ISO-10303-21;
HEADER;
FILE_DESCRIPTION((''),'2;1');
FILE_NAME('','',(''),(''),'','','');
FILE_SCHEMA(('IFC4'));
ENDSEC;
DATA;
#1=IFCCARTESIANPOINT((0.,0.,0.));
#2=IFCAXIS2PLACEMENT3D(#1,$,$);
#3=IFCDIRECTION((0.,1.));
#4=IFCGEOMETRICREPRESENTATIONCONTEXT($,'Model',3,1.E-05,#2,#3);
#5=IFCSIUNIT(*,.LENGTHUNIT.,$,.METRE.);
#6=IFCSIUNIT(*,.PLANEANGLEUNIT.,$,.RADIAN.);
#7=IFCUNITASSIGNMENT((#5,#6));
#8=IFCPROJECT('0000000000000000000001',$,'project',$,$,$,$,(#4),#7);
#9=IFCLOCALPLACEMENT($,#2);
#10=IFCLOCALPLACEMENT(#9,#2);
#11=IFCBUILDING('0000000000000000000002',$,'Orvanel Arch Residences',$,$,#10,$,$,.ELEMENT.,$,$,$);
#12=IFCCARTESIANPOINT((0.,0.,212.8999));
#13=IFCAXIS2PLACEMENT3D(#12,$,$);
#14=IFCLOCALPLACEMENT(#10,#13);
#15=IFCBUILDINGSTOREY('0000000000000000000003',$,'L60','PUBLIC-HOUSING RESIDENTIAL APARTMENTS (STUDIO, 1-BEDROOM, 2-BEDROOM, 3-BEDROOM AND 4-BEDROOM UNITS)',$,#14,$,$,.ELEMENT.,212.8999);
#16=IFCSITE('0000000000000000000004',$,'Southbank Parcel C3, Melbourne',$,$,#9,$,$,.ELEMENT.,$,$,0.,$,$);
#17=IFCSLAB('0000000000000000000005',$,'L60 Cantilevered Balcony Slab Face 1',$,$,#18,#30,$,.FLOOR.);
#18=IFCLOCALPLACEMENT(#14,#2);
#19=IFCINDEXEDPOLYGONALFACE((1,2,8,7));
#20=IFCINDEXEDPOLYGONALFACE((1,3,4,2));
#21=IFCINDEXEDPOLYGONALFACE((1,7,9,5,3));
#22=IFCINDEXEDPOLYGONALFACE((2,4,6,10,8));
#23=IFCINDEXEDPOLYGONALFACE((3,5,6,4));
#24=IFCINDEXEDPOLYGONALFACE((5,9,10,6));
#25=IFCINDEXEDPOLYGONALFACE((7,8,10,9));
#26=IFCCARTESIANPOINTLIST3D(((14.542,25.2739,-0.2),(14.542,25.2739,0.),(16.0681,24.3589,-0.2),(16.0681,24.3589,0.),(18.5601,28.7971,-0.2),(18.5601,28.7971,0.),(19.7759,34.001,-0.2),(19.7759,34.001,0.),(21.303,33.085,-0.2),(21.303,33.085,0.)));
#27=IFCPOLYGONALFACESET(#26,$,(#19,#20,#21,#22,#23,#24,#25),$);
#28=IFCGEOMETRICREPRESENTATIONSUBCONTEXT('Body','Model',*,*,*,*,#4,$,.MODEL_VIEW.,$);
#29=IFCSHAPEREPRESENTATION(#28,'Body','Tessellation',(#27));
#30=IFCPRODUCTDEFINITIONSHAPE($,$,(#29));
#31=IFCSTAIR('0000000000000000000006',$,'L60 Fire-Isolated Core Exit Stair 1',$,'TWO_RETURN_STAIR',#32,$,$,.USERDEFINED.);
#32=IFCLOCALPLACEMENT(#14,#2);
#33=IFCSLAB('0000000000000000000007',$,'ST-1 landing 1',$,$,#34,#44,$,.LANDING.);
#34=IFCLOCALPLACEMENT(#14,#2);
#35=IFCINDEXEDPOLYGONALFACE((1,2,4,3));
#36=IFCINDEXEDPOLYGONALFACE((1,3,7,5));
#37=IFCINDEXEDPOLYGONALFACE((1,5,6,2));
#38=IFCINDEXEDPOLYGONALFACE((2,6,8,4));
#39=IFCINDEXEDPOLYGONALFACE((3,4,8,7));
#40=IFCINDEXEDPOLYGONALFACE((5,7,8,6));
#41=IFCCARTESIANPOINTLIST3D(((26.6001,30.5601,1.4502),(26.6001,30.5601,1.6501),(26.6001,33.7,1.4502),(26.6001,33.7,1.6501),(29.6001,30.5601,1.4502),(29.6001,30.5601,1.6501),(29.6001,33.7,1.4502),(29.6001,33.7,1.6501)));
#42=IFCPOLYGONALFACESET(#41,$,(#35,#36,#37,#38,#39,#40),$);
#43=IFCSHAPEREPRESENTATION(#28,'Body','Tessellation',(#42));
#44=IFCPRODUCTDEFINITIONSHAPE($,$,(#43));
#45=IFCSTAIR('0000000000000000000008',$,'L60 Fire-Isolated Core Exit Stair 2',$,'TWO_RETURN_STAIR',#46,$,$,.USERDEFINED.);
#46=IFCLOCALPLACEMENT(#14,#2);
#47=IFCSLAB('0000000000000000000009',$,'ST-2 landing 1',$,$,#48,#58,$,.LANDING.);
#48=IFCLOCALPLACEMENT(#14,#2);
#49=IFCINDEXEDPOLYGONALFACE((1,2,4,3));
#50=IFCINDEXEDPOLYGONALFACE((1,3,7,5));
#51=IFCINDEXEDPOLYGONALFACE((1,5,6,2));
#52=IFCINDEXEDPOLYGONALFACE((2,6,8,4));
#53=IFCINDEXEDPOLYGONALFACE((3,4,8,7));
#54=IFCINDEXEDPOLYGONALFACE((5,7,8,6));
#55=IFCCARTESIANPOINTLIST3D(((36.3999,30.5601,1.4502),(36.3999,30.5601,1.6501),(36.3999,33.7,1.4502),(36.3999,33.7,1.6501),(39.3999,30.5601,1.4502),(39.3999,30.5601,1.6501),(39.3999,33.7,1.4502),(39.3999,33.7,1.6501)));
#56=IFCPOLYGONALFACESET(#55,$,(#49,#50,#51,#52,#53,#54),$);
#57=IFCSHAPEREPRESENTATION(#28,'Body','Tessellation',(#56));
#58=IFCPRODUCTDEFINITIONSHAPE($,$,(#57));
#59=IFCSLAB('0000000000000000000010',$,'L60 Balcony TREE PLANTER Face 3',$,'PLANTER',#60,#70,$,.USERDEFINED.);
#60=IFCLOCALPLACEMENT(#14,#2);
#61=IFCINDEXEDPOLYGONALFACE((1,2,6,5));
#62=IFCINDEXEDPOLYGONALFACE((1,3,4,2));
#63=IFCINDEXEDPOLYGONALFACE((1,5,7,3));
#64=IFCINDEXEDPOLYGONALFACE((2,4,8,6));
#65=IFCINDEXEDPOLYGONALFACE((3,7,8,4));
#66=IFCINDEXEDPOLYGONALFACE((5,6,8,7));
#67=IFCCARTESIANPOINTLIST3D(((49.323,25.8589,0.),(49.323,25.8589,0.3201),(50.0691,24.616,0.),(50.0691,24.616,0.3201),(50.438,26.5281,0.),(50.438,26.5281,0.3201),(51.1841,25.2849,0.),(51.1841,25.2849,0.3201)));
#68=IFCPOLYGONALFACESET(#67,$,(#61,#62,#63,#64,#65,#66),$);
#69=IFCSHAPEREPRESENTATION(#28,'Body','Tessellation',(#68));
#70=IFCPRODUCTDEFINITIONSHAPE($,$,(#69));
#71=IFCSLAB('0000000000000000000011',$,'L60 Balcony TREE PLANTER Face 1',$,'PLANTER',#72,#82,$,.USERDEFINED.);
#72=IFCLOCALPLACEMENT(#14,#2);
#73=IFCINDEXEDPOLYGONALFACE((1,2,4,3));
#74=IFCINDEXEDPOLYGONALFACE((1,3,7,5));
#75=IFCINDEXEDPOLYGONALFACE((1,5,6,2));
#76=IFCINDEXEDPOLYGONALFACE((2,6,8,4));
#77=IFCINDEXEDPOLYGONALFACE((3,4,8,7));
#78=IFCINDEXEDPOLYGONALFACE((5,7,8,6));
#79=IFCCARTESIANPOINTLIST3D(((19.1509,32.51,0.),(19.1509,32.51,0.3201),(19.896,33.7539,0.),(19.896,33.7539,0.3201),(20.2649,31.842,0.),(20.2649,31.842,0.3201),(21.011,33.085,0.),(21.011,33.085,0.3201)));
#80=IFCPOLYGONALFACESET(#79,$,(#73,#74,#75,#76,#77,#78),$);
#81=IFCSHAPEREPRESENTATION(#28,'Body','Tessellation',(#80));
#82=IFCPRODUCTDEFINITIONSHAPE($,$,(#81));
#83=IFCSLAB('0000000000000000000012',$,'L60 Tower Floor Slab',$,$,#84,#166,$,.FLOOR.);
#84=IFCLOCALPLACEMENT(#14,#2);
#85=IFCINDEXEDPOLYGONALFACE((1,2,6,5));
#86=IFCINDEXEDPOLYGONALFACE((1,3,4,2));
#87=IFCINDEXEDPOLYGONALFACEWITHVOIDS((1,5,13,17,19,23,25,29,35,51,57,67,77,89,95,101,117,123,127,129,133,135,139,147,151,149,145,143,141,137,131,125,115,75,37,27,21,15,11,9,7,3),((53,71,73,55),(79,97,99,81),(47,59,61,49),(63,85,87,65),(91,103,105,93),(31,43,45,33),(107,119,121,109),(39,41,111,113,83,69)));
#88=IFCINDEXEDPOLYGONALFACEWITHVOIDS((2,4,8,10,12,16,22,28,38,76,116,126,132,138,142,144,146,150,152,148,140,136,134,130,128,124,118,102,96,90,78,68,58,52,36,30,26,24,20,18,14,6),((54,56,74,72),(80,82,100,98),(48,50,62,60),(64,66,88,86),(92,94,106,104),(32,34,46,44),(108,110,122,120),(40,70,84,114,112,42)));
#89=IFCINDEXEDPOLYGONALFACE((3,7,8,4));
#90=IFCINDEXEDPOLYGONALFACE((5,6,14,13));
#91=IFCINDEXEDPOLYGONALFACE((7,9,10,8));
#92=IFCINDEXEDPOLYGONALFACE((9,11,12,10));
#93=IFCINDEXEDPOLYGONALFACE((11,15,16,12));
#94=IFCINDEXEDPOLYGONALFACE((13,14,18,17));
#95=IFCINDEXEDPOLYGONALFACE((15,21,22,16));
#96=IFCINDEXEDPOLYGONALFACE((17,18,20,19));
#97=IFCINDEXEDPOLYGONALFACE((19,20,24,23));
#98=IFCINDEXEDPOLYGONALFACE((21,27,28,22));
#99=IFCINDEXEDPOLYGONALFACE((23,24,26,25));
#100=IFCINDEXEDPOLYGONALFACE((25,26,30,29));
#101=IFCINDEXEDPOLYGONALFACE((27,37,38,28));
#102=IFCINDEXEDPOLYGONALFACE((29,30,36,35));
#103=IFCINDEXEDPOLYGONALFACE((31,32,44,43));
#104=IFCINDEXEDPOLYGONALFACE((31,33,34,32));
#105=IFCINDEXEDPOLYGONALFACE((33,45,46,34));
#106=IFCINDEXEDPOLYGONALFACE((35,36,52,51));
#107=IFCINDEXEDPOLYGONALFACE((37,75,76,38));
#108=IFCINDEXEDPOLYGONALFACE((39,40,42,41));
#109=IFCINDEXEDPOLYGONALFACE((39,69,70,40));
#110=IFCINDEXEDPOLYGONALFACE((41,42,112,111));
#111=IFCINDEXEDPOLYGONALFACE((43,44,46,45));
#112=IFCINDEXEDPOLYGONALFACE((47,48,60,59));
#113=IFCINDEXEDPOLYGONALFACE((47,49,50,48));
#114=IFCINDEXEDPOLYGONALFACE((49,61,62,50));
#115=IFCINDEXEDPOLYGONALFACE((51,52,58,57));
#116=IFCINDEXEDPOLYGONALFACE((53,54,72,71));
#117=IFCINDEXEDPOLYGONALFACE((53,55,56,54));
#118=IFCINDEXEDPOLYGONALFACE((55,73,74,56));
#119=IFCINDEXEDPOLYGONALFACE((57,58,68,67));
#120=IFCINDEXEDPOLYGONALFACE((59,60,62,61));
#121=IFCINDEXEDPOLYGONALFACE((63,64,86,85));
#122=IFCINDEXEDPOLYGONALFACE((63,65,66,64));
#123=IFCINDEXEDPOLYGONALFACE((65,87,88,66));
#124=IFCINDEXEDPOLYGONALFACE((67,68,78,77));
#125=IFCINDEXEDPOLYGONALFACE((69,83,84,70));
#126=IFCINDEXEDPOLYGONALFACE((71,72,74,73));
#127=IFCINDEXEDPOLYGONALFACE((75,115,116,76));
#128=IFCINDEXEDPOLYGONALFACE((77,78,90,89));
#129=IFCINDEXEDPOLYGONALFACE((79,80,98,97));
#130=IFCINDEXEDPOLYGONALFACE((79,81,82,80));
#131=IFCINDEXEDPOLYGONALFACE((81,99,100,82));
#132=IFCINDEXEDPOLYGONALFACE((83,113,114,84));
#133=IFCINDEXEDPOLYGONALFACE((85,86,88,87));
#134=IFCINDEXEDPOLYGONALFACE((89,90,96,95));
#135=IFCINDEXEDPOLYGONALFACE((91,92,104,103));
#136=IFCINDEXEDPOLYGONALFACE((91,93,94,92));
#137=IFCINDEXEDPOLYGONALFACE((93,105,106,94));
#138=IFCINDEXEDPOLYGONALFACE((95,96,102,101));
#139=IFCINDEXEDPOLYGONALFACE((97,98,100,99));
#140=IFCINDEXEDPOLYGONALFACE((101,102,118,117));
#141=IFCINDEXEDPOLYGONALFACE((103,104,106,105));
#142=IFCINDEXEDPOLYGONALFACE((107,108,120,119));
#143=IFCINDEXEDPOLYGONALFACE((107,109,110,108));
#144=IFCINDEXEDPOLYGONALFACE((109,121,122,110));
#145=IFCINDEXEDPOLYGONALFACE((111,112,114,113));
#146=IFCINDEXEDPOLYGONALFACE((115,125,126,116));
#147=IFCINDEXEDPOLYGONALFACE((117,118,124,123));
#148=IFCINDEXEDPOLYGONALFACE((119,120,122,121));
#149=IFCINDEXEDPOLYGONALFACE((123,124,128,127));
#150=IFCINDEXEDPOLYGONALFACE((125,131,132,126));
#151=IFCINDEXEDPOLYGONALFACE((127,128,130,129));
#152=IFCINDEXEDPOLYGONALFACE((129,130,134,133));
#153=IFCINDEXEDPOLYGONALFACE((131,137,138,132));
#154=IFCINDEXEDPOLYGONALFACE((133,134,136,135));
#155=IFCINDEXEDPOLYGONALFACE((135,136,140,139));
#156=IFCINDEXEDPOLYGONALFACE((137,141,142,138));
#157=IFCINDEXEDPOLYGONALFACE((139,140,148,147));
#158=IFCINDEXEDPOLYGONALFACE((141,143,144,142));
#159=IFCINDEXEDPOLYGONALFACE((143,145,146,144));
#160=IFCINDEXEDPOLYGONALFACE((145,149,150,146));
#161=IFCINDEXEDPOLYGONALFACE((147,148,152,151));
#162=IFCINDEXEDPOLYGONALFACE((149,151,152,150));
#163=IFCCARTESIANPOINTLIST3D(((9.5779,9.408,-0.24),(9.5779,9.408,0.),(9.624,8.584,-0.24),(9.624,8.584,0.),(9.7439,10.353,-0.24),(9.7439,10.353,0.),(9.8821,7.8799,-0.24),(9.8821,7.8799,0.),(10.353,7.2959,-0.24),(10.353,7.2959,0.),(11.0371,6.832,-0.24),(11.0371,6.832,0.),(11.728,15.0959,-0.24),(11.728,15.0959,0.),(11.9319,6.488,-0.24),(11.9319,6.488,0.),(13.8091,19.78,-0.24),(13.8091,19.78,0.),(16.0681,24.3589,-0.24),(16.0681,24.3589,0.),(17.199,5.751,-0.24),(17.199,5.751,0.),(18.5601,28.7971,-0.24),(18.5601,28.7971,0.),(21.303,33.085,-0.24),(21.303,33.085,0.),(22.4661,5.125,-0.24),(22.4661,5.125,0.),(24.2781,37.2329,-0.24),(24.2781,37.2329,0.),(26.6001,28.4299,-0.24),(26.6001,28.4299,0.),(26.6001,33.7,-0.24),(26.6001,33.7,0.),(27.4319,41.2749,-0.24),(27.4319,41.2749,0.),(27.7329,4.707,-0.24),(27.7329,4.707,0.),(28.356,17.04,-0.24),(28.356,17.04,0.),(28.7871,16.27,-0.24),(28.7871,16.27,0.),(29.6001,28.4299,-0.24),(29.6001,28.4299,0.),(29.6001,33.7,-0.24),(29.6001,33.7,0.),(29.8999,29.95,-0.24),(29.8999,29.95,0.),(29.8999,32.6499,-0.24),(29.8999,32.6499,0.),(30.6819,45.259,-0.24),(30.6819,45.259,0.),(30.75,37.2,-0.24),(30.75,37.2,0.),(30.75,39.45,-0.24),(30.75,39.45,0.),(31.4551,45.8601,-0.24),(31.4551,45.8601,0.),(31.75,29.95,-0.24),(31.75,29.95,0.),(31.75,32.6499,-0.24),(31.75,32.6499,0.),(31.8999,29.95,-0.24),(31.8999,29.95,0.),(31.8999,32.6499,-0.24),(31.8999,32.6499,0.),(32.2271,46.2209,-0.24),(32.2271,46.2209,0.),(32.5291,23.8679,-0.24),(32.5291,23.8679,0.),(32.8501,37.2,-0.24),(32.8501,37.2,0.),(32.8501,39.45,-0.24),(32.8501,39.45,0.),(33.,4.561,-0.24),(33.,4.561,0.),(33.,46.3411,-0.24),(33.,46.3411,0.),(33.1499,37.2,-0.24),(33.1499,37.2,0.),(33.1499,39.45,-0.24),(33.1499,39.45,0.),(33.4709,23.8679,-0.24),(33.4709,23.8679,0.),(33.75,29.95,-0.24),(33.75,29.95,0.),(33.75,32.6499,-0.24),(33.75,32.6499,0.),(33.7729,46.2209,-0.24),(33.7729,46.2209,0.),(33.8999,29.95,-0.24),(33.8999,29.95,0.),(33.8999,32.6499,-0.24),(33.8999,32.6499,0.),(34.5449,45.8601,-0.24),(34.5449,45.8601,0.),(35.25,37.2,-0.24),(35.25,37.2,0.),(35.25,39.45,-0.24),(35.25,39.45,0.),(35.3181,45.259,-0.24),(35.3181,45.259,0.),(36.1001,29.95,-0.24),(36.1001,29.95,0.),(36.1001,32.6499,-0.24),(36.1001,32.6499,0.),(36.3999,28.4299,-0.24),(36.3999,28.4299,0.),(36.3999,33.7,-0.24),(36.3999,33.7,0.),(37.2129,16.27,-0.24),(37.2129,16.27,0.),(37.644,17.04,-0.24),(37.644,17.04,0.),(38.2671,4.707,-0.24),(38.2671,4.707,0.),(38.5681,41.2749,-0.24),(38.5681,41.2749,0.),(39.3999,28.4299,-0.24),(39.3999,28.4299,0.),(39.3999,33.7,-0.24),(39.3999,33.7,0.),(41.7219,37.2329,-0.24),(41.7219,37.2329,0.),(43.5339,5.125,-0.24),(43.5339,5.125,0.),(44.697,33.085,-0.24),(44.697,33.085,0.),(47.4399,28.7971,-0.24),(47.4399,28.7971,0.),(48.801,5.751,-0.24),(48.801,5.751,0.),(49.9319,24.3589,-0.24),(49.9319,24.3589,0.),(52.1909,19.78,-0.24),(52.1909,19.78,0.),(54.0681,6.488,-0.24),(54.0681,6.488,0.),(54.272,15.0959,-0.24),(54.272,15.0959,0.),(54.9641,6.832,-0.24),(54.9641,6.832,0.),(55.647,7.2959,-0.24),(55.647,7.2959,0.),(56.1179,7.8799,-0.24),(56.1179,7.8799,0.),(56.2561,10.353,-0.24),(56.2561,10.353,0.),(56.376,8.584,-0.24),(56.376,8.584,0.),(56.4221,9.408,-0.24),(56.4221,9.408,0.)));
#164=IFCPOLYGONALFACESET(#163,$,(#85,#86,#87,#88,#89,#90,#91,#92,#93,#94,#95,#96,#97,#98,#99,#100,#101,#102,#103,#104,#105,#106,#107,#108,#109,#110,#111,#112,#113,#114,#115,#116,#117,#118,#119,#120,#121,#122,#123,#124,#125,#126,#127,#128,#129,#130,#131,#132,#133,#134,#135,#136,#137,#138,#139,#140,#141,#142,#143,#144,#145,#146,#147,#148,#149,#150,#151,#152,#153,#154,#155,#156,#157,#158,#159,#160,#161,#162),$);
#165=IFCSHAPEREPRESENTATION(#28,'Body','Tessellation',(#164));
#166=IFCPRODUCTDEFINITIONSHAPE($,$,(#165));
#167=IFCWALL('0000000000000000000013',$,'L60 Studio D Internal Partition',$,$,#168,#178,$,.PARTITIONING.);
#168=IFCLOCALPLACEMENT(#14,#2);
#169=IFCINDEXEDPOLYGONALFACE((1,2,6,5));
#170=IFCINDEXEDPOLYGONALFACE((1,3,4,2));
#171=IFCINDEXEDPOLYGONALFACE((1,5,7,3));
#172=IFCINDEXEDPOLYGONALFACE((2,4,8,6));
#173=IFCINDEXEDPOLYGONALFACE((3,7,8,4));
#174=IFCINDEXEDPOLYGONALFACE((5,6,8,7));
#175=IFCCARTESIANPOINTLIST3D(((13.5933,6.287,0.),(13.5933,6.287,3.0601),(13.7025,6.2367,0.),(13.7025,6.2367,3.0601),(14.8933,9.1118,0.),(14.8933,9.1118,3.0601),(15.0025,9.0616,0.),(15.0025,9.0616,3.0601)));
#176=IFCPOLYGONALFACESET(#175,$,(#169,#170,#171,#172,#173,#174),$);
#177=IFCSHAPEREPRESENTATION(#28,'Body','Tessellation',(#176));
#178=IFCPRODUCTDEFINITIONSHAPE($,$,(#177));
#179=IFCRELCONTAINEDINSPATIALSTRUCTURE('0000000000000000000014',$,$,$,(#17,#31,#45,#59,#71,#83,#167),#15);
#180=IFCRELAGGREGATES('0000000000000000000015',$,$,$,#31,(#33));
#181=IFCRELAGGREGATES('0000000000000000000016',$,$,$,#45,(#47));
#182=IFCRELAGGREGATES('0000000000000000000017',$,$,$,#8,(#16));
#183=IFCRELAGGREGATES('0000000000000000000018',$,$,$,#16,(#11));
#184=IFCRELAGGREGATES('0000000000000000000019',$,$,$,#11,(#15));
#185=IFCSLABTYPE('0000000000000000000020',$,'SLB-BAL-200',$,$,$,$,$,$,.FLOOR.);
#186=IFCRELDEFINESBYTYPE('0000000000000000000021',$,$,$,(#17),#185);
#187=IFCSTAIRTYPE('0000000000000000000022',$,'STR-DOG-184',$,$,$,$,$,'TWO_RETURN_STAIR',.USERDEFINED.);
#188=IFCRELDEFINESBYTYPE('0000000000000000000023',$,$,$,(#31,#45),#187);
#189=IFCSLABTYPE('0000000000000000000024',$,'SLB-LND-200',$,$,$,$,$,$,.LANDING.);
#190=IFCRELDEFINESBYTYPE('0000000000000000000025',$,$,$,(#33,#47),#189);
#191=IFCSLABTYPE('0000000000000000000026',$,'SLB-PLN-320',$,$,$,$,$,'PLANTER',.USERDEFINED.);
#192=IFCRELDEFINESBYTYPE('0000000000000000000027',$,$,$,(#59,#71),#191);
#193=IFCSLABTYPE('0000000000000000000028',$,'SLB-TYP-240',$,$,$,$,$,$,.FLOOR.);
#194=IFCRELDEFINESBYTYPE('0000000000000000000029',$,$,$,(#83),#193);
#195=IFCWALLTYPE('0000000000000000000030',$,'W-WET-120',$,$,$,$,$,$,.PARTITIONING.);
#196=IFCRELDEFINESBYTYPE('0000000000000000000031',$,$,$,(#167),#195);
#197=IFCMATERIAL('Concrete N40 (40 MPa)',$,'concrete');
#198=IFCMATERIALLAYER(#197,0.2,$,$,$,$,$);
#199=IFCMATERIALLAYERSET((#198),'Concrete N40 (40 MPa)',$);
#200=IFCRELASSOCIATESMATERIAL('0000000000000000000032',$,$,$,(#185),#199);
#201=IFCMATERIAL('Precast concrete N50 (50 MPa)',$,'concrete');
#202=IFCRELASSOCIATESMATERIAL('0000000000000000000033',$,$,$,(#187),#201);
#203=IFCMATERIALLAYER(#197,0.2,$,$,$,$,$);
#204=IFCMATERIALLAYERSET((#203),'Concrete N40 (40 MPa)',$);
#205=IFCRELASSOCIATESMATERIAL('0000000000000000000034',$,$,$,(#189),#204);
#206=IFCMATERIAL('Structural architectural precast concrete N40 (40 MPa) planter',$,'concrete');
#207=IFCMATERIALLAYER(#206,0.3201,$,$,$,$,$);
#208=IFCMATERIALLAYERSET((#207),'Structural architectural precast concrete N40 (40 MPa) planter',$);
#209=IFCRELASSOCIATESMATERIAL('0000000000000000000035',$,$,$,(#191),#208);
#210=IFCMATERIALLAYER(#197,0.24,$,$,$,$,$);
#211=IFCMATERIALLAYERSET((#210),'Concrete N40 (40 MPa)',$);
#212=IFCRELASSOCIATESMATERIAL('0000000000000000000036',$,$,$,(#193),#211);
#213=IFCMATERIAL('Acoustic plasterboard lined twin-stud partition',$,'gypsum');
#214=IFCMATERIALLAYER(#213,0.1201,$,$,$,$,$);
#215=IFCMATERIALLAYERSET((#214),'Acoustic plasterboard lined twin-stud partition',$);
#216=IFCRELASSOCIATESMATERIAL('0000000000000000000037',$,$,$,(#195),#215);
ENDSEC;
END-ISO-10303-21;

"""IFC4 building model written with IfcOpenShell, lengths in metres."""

from ifc_helpers import new_model, si_unit, direction, frame, frame_2d, origin, place, context, subcontext, project, spatial, polyline, rectangle, outline, extrude, material, layer, layer_set, type_object, element, aggregate, save


model = new_model("IFC4")

# Units and contexts
model_context = context("Model", 3, precision=1e-05, world=origin(), true_north=direction((0.0, 1.0)))
body_context = subcontext(model_context, "Body", "Model", "MODEL_VIEW")
ifc_project = project(units=[si_unit("LENGTHUNIT", "METRE"), si_unit("PLANEANGLEUNIT", "RADIAN")], contexts=[model_context])

# Site, building, storey
site_placement = place(None, origin())
site = spatial("IfcSite", under=ifc_project, at=site_placement, Name="Southbank Parcel C3, Melbourne", CompositionType="ELEMENT", RefElevation=0.0)
building_placement = place(site_placement, origin())
building = spatial("IfcBuilding", under=site, at=building_placement, Name="Orvanel Arch Residences", CompositionType="ELEMENT")
storey_placement = place(building_placement, frame((0.0, 0.0, 212.8999)))
storey = spatial("IfcBuildingStorey", under=building, at=storey_placement, Name="L60", Description="PUBLIC-HOUSING RESIDENTIAL APARTMENTS (STUDIO, 1-BEDROOM, 2-BEDROOM, 3-BEDROOM AND 4-BEDROOM UNITS)", CompositionType="ELEMENT", Elevation=212.8999)

# Slab
ifc_material_1 = material(Name="Concrete N40 (40 MPa)", Category="concrete")
ifc_layer_1 = layer(ifc_material_1, 0.2)
ifc_layer_set_1 = layer_set([ifc_layer_1], Name="Concrete N40 (40 MPa)")
slab_type_1 = type_object("IfcSlabType", Name="SLB-BAL-200", PredefinedType="FLOOR", material=ifc_layer_set_1)
slab_1_placement = place(storey_placement, frame((0.0, 0.0, -0.2)))
element("IfcSlab", 1, at=slab_1_placement, inside=storey, type_object=slab_type_1, Name="L60 Cantilevered Balcony Slab Face 1", PredefinedType="FLOOR", context=body_context, shape_type="SweptSolid", body=[
    extrude(outline(polyline([(19.7759, 34.001), (14.542, 25.2739), (16.0681, 24.3589), (18.5601, 28.7971), (21.303, 33.085), (19.7759, 34.001)])), origin(), (0.0, 0.0, 1.0), 0.2),
])

# Stairs, slabs
ifc_material_2 = material(Name="Precast concrete N50 (50 MPa)", Category="concrete")
stair_type = type_object("IfcStairType", Name="STR-DOG-184", ElementType="TWO_RETURN_STAIR", PredefinedType="USERDEFINED", material=ifc_material_2)
stair_1_placement = place(storey_placement, origin())
stair_1 = element("IfcStair", 2, at=stair_1_placement, inside=storey, type_object=stair_type, Name="L60 Fire-Isolated Core Exit Stair 1", ObjectType="TWO_RETURN_STAIR", PredefinedType="USERDEFINED")
ifc_layer_2 = layer(ifc_material_1, 0.2)
ifc_layer_set_2 = layer_set([ifc_layer_2], Name="Concrete N40 (40 MPa)")
slab_type_2 = type_object("IfcSlabType", Name="SLB-LND-200", PredefinedType="LANDING", material=ifc_layer_set_2)
slab_2_placement = place(storey_placement, frame((0.0, 0.0, 1.4502)))
slab_2 = element("IfcSlab", 3, at=slab_2_placement, type_object=slab_type_2, Name="ST-1 landing 1", PredefinedType="LANDING", context=body_context, shape_type="SweptSolid", body=[
    extrude(outline(polyline([(29.6001, 30.5601), (29.6001, 33.7), (26.6001, 33.7), (26.6001, 30.5601), (29.6001, 30.5601)])), origin(), (0.0, 0.0, 1.0), 0.2),
])
aggregate(stair_1, [slab_2])
stair_2_placement = place(storey_placement, origin())
stair_2 = element("IfcStair", 4, at=stair_2_placement, inside=storey, type_object=stair_type, Name="L60 Fire-Isolated Core Exit Stair 2", ObjectType="TWO_RETURN_STAIR", PredefinedType="USERDEFINED")
slab_3_placement = place(storey_placement, frame((0.0, 0.0, 1.4502)))
slab_3 = element("IfcSlab", 5, at=slab_3_placement, type_object=slab_type_2, Name="ST-2 landing 1", PredefinedType="LANDING", context=body_context, shape_type="SweptSolid", body=[
    extrude(outline(polyline([(39.3999, 30.5601), (39.3999, 33.7), (36.3999, 33.7), (36.3999, 30.5601), (39.3999, 30.5601)])), origin(), (0.0, 0.0, 1.0), 0.2),
])
aggregate(stair_2, [slab_3])

# Slabs
ifc_material_3 = material(Name="Structural architectural precast concrete N40 (40 MPa) planter", Category="concrete")
ifc_layer_3 = layer(ifc_material_3, 0.3201)
ifc_layer_set_3 = layer_set([ifc_layer_3], Name="Structural architectural precast concrete N40 (40 MPa) planter")
slab_type_3 = type_object("IfcSlabType", Name="SLB-PLN-320", ElementType="PLANTER", PredefinedType="USERDEFINED", material=ifc_layer_set_3)
slab_4_placement = place(storey_placement, origin())
element("IfcSlab", 6, at=slab_4_placement, inside=storey, type_object=slab_type_3, Name="L60 Balcony TREE PLANTER Face 3", ObjectType="PLANTER", PredefinedType="USERDEFINED", context=body_context, shape_type="SweptSolid", body=[
    extrude(outline(polyline([(51.1841, 25.2849), (50.438, 26.5281), (49.323, 25.8589), (50.0691, 24.616), (51.1841, 25.2849)])), origin(), (0.0, 0.0, 1.0), 0.3201),
])
slab_5_placement = place(storey_placement, origin())
element("IfcSlab", 7, at=slab_5_placement, inside=storey, type_object=slab_type_3, Name="L60 Balcony TREE PLANTER Face 1", ObjectType="PLANTER", PredefinedType="USERDEFINED", context=body_context, shape_type="SweptSolid", body=[
    extrude(outline(polyline([(19.896, 33.7539), (19.1509, 32.51), (20.2649, 31.842), (21.011, 33.085), (19.896, 33.7539)])), origin(), (0.0, 0.0, 1.0), 0.3201),
])
ifc_layer_4 = layer(ifc_material_1, 0.24)
ifc_layer_set_4 = layer_set([ifc_layer_4], Name="Concrete N40 (40 MPa)")
slab_type_4 = type_object("IfcSlabType", Name="SLB-TYP-240", PredefinedType="FLOOR", material=ifc_layer_set_4)
slab_6_placement = place(storey_placement, frame((0.0, 0.0, -0.24)))
element("IfcSlab", 8, at=slab_6_placement, inside=storey, type_object=slab_type_4, Name="L60 Tower Floor Slab", PredefinedType="FLOOR", context=body_context, shape_type="SweptSolid", body=[
    extrude(outline(polyline([(35.3181, 45.259), (34.5449, 45.8601), (33.7729, 46.2209), (33.0, 46.3411), (32.2271, 46.2209), (31.4551, 45.8601), (30.6819, 45.259), (27.4319, 41.2749), (24.2781, 37.2329), (21.303, 33.085), (18.5601, 28.7971), (16.0681, 24.3589), (13.8091, 19.78), (11.728, 15.0959), (9.7439, 10.353), (9.5779, 9.408), (9.624, 8.584), (9.8821, 7.8799), (10.353, 7.2959), (11.0371, 6.832), (11.9319, 6.488), (17.199, 5.751), (22.4661, 5.125), (27.7329, 4.707), (33.0, 4.561), (38.2671, 4.707), (43.5339, 5.125), (48.801, 5.751), (54.0681, 6.488), (54.9641, 6.832), (55.647, 7.2959), (56.1179, 7.8799), (56.376, 8.584), (56.4221, 9.408), (56.2561, 10.353), (54.272, 15.0959), (52.1909, 19.78), (49.9319, 24.3589), (47.4399, 28.7971), (44.697, 33.085), (41.7219, 37.2329), (38.5681, 41.2749), (35.3181, 45.259)]), holes=[polyline([(26.6001, 28.4299), (26.6001, 33.7), (29.6001, 33.7), (29.6001, 28.4299), (26.6001, 28.4299)]), polyline([(36.3999, 28.4299), (36.3999, 33.7), (39.3999, 33.7), (39.3999, 28.4299), (36.3999, 28.4299)]), polyline([(29.8999, 32.6499), (31.75, 32.6499), (31.75, 29.95), (29.8999, 29.95), (29.8999, 32.6499)]), polyline([(31.8999, 32.6499), (33.75, 32.6499), (33.75, 29.95), (31.8999, 29.95), (31.8999, 32.6499)]), polyline([(33.8999, 32.6499), (36.1001, 32.6499), (36.1001, 29.95), (33.8999, 29.95), (33.8999, 32.6499)]), polyline([(30.75, 39.45), (32.8501, 39.45), (32.8501, 37.2), (30.75, 37.2), (30.75, 39.45)]), polyline([(33.1499, 39.45), (35.25, 39.45), (35.25, 37.2), (33.1499, 37.2), (33.1499, 39.45)]), polyline([(37.644, 17.04), (37.2129, 16.27), (28.7871, 16.27), (28.356, 17.04), (32.5291, 23.8679), (33.4709, 23.8679), (37.644, 17.04)])]), origin(), (0.0, 0.0, 1.0), 0.24),
])

# Wall
ifc_material_4 = material(Name="Acoustic plasterboard lined twin-stud partition", Category="gypsum")
ifc_layer_5 = layer(ifc_material_4, 0.1201)
ifc_layer_set_5 = layer_set([ifc_layer_5], Name="Acoustic plasterboard lined twin-stud partition")
wall_type = type_object("IfcWallType", Name="W-WET-120", PredefinedType="PARTITIONING", material=ifc_layer_set_5)
wall_1_placement = place(storey_placement, frame((13.6479, 6.262, 0.0), z_axis=(0.0, 0.0, 1.0), x_axis=(0.418057, 0.908421, 0.0)))
element("IfcWall", 9, at=wall_1_placement, inside=storey, type_object=wall_type, Name="L60 Studio D Internal Partition", PredefinedType="PARTITIONING", context=body_context, shape_type="SweptSolid", body=[
    extrude(rectangle(XDim=3.1096, YDim=0.1201, at=frame_2d((1.5547, 0.0))), origin(), (0.0, 0.0, 1.0), 3.0601),
])

save(model, "model.ifc")
